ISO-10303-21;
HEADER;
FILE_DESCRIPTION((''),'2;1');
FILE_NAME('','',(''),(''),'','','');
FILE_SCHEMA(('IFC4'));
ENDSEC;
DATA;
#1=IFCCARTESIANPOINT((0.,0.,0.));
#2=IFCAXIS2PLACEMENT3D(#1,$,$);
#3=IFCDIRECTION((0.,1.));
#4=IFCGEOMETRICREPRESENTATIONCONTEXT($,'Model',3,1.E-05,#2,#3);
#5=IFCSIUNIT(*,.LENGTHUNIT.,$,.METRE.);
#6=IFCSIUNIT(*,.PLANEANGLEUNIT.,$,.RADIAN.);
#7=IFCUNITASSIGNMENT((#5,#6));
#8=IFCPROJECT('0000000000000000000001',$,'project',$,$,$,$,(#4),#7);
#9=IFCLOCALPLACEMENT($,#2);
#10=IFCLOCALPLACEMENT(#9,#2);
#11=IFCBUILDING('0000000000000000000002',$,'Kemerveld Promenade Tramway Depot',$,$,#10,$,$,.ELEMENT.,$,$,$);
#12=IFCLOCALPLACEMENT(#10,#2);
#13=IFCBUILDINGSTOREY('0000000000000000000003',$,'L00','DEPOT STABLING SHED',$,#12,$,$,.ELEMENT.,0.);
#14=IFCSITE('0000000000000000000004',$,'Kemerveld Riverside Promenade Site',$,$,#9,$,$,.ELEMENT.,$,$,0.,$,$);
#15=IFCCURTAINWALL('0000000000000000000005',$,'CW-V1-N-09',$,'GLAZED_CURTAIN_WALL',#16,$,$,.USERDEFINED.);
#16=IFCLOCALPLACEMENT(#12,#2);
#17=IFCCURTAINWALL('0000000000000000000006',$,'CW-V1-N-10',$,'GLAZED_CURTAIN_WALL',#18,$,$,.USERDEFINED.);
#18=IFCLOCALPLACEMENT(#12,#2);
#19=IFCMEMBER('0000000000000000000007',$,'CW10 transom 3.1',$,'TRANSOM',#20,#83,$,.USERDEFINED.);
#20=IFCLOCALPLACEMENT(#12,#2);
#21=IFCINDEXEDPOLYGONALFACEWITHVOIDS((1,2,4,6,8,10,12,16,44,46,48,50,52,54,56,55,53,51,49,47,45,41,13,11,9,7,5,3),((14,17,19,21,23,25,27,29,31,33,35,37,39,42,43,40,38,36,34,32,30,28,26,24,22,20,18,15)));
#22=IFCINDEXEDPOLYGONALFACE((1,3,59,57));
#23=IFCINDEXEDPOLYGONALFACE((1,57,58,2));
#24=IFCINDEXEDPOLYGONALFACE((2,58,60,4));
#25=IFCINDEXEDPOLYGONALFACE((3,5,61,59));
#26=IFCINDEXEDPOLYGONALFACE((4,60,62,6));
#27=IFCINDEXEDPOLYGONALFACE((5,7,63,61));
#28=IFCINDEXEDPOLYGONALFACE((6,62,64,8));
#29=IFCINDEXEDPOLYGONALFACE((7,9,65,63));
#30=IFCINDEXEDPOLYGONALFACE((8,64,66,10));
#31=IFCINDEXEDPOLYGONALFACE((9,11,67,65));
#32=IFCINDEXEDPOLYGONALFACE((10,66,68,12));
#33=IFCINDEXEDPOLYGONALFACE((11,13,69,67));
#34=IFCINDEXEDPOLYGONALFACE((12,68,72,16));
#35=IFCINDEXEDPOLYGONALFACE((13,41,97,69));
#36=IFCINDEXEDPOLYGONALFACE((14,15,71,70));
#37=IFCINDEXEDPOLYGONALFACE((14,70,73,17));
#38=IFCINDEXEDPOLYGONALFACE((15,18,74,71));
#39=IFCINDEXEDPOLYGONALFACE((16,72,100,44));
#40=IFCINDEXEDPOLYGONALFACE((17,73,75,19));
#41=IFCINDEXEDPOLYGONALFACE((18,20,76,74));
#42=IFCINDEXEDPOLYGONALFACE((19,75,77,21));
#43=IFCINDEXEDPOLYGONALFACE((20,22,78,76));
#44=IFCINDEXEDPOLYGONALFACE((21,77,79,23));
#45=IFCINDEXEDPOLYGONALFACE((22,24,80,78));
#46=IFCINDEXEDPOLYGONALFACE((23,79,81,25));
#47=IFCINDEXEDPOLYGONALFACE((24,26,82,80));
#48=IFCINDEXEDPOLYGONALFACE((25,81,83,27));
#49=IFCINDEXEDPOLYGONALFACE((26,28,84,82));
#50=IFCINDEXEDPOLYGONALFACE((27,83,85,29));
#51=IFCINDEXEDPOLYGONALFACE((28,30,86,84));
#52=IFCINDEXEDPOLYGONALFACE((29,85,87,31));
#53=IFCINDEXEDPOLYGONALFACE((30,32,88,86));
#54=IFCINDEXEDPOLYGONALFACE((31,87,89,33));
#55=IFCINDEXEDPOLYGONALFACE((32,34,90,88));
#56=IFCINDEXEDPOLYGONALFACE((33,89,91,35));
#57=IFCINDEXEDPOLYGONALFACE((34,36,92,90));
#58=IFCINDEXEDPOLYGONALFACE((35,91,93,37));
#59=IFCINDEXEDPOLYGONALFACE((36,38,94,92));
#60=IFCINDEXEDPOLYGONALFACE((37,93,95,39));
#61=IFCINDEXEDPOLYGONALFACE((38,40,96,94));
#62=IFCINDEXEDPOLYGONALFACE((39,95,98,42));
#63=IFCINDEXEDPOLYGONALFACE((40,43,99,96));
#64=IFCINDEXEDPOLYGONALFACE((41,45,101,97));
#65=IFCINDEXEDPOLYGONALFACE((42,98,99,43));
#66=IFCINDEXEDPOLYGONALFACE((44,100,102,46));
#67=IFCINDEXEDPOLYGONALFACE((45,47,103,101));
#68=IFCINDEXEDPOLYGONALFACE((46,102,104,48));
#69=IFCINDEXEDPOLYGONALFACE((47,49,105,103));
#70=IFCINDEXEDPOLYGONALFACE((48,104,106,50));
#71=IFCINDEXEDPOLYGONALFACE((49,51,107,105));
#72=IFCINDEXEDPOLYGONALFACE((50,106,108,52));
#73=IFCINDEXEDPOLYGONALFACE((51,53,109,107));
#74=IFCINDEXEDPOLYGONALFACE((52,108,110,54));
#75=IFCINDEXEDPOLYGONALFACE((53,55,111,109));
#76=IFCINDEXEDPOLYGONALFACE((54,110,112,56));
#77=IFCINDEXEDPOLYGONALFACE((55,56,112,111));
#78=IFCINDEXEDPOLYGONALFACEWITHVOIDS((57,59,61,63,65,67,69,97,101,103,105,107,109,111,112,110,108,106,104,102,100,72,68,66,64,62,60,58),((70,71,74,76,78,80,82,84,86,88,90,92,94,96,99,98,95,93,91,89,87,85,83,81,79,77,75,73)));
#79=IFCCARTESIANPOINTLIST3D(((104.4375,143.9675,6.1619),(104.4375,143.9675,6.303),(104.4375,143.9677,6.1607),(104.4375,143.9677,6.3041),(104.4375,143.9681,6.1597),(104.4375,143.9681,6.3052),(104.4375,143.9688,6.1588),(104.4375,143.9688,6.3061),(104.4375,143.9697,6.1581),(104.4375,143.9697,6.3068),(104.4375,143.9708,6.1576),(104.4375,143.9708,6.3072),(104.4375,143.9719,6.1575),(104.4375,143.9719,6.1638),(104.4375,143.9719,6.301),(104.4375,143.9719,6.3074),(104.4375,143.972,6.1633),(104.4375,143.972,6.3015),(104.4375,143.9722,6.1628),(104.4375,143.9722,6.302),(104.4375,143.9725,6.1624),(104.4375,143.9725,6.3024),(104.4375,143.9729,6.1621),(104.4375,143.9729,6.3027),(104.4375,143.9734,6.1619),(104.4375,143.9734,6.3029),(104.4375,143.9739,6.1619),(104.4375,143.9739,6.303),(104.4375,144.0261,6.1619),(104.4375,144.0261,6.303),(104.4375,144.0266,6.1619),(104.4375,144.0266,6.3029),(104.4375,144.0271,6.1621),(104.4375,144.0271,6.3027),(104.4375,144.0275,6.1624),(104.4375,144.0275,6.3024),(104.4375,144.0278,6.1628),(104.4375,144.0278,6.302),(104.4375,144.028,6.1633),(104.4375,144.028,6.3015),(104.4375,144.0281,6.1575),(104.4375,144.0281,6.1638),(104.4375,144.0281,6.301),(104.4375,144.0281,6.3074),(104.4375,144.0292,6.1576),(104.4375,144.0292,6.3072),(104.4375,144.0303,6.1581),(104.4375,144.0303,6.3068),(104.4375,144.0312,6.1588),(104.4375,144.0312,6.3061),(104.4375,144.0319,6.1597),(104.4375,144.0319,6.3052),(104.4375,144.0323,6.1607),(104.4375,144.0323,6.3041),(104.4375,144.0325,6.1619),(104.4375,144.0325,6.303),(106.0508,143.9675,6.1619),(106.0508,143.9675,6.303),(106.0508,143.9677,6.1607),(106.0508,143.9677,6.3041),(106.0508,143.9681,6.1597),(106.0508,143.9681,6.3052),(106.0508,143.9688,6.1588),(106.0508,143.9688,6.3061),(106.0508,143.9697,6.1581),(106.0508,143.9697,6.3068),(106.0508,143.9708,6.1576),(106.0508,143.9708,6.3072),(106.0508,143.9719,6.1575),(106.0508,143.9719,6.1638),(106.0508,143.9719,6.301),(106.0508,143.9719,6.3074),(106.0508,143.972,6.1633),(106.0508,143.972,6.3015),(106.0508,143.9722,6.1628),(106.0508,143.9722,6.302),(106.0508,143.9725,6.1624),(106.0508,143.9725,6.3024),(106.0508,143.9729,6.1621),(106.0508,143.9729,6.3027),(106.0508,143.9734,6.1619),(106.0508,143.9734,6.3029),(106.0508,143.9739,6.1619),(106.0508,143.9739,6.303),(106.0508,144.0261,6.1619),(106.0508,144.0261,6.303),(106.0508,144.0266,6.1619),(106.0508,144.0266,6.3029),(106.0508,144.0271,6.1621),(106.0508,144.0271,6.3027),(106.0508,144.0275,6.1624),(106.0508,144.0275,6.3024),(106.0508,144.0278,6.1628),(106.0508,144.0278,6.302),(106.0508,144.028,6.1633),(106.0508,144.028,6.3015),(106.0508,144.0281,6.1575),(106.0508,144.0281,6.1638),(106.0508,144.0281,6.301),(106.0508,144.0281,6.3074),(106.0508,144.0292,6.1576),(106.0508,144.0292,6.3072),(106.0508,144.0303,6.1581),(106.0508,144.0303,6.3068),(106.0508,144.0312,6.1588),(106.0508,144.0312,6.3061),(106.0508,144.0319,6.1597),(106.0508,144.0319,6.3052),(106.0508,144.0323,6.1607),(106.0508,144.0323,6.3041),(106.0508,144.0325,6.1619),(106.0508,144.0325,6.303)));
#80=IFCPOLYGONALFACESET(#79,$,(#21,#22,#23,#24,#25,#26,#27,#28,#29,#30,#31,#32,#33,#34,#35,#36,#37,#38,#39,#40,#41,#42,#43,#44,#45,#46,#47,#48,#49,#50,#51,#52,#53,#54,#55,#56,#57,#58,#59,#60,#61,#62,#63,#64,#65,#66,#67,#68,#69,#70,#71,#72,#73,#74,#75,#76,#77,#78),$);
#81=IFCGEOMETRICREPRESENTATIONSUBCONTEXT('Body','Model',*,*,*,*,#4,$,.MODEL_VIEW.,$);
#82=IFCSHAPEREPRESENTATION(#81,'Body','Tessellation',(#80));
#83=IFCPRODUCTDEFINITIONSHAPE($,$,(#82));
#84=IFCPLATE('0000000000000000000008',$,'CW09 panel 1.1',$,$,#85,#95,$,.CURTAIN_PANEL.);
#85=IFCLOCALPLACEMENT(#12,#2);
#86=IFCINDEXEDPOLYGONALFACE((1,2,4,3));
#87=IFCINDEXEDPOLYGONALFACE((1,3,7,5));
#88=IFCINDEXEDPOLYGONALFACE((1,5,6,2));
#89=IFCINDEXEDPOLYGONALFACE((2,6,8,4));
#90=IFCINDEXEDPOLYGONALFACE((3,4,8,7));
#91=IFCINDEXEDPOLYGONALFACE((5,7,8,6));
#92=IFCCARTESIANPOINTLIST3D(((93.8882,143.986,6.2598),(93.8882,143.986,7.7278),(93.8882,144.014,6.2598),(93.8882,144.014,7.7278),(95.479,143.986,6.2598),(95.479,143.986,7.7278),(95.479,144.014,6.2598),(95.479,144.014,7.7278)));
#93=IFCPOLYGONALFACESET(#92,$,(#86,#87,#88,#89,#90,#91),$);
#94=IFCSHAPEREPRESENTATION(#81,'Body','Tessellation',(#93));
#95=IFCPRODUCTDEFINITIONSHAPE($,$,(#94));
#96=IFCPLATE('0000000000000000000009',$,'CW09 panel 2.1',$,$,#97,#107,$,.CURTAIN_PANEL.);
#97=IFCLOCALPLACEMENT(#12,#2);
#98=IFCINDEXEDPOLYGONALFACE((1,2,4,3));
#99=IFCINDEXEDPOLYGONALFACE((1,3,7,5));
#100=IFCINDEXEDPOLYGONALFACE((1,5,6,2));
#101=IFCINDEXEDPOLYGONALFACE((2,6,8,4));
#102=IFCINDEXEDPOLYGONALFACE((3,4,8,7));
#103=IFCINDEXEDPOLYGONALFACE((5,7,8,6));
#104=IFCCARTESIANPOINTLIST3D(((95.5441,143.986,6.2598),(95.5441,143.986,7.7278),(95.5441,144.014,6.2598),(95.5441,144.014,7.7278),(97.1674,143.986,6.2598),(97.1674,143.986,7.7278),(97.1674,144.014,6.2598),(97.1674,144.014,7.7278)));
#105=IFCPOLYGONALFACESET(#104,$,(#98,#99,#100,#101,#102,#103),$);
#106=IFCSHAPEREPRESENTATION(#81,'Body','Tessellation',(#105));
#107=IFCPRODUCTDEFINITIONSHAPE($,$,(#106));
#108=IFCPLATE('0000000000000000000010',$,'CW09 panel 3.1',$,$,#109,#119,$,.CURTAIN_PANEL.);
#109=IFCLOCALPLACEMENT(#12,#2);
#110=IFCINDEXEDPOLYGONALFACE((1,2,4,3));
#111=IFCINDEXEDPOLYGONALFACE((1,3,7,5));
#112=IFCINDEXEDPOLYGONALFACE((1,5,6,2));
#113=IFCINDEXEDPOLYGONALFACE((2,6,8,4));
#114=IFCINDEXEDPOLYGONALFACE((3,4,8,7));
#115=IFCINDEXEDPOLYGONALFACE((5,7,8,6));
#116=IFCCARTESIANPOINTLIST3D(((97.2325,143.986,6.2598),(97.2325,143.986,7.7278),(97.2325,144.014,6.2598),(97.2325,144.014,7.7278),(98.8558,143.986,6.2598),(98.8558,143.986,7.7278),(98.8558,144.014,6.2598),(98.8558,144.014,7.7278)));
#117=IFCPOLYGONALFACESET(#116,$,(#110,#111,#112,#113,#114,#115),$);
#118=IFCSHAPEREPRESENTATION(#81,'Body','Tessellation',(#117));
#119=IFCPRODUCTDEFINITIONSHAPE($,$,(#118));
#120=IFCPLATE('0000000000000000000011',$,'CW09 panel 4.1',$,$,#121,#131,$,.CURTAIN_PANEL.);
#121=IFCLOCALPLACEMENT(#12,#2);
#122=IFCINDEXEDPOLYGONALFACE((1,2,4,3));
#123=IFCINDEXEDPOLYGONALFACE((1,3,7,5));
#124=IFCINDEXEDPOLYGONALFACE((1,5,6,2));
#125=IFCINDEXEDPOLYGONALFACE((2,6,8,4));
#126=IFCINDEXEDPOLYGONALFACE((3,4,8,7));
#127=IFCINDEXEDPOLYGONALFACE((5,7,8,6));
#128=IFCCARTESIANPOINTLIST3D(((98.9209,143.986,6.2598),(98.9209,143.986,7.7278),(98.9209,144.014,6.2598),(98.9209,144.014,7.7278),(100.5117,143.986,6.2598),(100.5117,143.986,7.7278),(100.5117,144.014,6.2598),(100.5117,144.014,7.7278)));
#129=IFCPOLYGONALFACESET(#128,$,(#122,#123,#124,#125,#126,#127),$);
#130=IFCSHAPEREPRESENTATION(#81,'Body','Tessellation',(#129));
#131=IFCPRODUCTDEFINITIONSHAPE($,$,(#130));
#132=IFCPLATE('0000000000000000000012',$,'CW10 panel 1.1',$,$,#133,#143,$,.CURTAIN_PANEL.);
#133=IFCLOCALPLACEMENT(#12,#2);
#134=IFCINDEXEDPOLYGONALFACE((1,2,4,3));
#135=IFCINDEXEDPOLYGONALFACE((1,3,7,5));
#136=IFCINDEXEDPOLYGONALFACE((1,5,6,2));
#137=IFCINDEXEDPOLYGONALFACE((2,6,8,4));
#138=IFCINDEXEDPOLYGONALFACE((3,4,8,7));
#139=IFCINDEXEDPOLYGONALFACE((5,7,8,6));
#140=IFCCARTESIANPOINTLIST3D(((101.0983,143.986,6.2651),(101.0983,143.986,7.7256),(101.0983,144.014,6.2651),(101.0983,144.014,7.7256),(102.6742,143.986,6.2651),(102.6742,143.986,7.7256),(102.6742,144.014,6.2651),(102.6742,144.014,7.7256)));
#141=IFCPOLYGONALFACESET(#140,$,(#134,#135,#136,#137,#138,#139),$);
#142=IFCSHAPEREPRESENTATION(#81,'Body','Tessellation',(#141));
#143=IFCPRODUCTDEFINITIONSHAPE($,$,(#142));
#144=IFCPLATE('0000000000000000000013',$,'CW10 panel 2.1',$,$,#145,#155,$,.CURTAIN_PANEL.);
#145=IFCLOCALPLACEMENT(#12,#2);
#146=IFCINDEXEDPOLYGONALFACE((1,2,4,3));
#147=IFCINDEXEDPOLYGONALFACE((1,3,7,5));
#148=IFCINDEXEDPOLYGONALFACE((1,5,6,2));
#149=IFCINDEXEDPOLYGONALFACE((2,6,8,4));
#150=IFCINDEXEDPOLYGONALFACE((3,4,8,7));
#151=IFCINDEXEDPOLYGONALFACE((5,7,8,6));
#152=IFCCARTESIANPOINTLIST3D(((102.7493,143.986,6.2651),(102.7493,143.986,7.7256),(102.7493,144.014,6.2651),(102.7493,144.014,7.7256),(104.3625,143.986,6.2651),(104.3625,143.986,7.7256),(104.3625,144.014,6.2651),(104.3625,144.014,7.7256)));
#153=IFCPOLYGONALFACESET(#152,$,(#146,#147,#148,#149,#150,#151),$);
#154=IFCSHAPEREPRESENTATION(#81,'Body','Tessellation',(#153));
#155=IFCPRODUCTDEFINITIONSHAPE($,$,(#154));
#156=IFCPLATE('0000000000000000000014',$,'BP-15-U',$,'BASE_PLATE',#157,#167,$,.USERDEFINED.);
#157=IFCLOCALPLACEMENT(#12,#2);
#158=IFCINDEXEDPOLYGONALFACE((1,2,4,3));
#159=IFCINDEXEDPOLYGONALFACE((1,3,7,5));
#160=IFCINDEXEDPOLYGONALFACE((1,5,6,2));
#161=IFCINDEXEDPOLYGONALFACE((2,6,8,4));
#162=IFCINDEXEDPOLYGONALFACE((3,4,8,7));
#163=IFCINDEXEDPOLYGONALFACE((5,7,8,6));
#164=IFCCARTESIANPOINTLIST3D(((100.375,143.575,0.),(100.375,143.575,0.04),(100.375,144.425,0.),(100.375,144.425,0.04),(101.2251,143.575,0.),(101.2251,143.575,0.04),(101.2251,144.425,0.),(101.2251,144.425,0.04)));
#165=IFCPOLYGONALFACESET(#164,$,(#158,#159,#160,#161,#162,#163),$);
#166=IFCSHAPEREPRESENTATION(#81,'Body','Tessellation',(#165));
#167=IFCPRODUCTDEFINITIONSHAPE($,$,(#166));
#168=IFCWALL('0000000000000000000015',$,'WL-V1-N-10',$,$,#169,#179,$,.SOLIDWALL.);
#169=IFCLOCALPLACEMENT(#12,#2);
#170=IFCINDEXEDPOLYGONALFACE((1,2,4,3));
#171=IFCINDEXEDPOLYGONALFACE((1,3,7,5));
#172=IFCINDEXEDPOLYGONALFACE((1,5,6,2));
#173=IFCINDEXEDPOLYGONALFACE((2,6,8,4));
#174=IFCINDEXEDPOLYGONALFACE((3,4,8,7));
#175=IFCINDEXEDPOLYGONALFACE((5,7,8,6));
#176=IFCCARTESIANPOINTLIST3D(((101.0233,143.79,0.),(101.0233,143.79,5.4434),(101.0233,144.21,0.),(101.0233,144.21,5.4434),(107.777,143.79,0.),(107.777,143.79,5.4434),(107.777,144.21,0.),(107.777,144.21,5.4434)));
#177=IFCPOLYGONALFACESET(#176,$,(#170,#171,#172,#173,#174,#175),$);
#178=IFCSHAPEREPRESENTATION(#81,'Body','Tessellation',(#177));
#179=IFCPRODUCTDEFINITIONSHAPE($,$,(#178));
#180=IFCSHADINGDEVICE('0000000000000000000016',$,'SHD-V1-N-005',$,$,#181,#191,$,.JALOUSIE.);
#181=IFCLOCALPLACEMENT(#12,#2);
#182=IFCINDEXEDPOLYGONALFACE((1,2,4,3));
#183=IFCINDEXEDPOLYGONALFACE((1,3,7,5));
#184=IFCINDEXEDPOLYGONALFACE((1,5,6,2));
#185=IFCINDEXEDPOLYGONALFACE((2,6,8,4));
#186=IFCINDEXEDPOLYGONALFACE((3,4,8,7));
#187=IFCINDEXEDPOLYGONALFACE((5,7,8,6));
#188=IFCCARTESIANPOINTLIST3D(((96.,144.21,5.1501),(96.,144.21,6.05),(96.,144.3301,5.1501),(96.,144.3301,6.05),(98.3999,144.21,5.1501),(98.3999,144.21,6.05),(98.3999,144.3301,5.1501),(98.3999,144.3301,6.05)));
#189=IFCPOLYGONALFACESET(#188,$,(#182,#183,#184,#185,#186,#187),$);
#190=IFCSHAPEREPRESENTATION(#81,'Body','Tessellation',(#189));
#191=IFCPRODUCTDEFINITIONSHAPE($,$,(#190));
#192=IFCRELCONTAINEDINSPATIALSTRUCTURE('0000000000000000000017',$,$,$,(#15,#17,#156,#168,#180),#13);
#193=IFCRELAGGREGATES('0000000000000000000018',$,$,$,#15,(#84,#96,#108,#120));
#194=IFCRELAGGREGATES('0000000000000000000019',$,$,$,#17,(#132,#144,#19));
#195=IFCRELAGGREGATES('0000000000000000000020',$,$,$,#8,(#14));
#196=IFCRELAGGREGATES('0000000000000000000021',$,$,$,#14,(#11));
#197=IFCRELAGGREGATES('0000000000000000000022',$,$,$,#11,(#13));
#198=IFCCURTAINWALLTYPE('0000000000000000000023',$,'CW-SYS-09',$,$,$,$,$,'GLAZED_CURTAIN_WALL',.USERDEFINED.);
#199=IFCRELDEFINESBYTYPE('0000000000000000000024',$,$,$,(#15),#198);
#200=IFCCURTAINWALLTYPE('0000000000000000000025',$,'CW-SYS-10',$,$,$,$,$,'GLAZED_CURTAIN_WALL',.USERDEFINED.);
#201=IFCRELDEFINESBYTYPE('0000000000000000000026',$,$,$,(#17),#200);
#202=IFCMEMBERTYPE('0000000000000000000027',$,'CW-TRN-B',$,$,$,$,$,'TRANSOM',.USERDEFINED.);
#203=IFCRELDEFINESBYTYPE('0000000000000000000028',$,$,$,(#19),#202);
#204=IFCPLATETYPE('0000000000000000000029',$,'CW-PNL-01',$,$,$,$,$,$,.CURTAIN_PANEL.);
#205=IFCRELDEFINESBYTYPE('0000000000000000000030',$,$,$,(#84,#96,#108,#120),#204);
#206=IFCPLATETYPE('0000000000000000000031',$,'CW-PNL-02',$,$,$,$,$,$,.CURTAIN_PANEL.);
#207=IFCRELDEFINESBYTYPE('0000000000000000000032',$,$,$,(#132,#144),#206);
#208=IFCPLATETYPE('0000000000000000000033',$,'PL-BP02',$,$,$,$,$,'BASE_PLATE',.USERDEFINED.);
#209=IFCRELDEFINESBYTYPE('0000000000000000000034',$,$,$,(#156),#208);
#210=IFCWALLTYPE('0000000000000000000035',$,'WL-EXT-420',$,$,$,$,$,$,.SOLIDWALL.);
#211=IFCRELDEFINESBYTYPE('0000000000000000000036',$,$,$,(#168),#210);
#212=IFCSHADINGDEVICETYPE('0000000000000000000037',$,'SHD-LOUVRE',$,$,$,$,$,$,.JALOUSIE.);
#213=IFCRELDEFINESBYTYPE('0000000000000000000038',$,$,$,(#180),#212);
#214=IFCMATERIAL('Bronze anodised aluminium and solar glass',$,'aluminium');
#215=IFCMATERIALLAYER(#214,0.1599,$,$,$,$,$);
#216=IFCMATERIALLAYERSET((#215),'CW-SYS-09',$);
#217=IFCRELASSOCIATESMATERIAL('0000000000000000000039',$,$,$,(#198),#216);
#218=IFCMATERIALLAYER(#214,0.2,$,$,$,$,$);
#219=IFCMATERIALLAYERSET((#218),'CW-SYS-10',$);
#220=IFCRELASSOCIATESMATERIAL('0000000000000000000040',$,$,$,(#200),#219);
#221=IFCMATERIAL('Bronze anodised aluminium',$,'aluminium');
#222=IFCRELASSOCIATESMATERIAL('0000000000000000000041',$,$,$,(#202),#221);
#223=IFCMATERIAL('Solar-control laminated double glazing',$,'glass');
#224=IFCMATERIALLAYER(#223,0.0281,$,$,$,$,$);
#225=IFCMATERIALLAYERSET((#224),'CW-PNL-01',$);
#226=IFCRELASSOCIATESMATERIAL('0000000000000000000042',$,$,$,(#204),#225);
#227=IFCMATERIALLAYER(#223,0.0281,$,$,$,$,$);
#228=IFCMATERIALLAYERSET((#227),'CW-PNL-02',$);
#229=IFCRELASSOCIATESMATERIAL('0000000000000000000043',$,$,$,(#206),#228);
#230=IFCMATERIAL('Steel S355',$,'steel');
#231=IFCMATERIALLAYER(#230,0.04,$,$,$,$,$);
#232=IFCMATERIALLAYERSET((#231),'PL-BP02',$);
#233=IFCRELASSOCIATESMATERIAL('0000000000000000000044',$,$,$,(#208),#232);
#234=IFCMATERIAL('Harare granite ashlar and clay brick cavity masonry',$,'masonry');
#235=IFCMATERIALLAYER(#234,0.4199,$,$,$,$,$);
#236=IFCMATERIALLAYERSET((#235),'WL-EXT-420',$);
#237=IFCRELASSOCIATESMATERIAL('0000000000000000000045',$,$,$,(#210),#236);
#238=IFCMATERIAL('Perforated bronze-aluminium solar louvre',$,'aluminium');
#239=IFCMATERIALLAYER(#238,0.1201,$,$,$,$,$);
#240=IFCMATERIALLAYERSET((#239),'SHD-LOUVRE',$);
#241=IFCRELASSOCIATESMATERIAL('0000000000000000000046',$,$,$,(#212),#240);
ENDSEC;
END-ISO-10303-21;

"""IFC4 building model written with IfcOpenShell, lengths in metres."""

from ifc_helpers import new_model, si_unit, direction, frame, frame_2d, origin, origin_2d, place, context, subcontext, project, spatial, rectangle, hollow_rectangle, extrude, material, layer, layer_set, material_profile, profile_set, type_object, element, aggregate, save


model = new_model("IFC4")

# Units and contexts
model_context = context("Model", 3, precision=1e-05, world=origin(), true_north=direction((0.0, 1.0)))
body_context = subcontext(model_context, "Body", "Model", "MODEL_VIEW")
ifc_project = project(units=[si_unit("LENGTHUNIT", "METRE"), si_unit("PLANEANGLEUNIT", "RADIAN")], contexts=[model_context])

# Site, building, storey
site_placement = place(None, origin())
site = spatial("IfcSite", under=ifc_project, at=site_placement, Name="Kemerveld Riverside Promenade Site", CompositionType="ELEMENT", RefElevation=0.0)
building_placement = place(site_placement, origin())
building = spatial("IfcBuilding", under=site, at=building_placement, Name="Kemerveld Promenade Tramway Depot", CompositionType="ELEMENT")
storey_placement = place(building_placement, origin())
storey = spatial("IfcBuildingStorey", under=building, at=storey_placement, Name="L00", Description="DEPOT STABLING SHED", CompositionType="ELEMENT", Elevation=0.0)

# Shared definitions
ifc_material_1 = material(Name="Steel S355", Category="steel")

# Curtain walls
ifc_material_2 = material(Name="Bronze anodised aluminium and solar glass", Category="aluminium")
ifc_layer_1 = layer(ifc_material_2, 0.1599)
ifc_layer_set_1 = layer_set([ifc_layer_1], Name="CW-SYS-09")
curtain_wall_type_1 = type_object("IfcCurtainWallType", Name="CW-SYS-09", ElementType="GLAZED_CURTAIN_WALL", PredefinedType="USERDEFINED", material=ifc_layer_set_1)
curtain_wall_1_placement = place(storey_placement, origin())
curtain_wall_1 = element("IfcCurtainWall", 1, at=curtain_wall_1_placement, inside=storey, type_object=curtain_wall_type_1, Name="CW-V1-N-09", ObjectType="GLAZED_CURTAIN_WALL", PredefinedType="USERDEFINED")
ifc_material_3 = material(Name="Bronze anodised aluminium", Category="aluminium")
ifc_layer_2 = layer(ifc_material_2, 0.2)
ifc_layer_set_2 = layer_set([ifc_layer_2], Name="CW-SYS-10")
curtain_wall_type_2 = type_object("IfcCurtainWallType", Name="CW-SYS-10", ElementType="GLAZED_CURTAIN_WALL", PredefinedType="USERDEFINED", material=ifc_layer_set_2)
curtain_wall_2_placement = place(storey_placement, origin())
curtain_wall_2 = element("IfcCurtainWall", 2, at=curtain_wall_2_placement, inside=storey, type_object=curtain_wall_type_2, Name="CW-V1-N-10", ObjectType="GLAZED_CURTAIN_WALL", PredefinedType="USERDEFINED")

# Member
ifc_material_profile_1 = material_profile(ifc_material_3, hollow_rectangle(XDim=0.0649, YDim=0.1499, WallThickness=0.0044, InnerFilletRadius=0.002, OuterFilletRadius=0.0044, at=origin_2d()), Name="CW-TRN-150x65")
ifc_profile_set_1 = profile_set([ifc_material_profile_1], Name="Bronze anodised aluminium")
member_type_1 = type_object("IfcMemberType", Name="CW-TRN-B", ElementType="TRANSOM", PredefinedType="USERDEFINED", material=ifc_profile_set_1)
member_1_placement = place(storey_placement, frame((104.4375, 144.0, 6.2324), z_axis=(1.0, 0.0, 0.0), x_axis=(0.0, 1.0, 0.0)))
member_1 = element("IfcMember", 3, at=member_1_placement, type_object=member_type_1, Name="CW10 transom 3.1", ObjectType="TRANSOM", PredefinedType="USERDEFINED", context=body_context, shape_type="SweptSolid", body=[
    extrude(hollow_rectangle(XDim=0.0649, YDim=0.1499, WallThickness=0.0044, InnerFilletRadius=0.002, OuterFilletRadius=0.0044, at=origin_2d()), origin(), (0.0, 0.0, 1.0), 1.6133),
])

# Plates
ifc_material_4 = material(Name="Solar-control laminated double glazing", Category="glass")
ifc_layer_3 = layer(ifc_material_4, 0.0281)
ifc_layer_set_3 = layer_set([ifc_layer_3], Name="CW-PNL-01")
plate_type_1 = type_object("IfcPlateType", Name="CW-PNL-01", PredefinedType="CURTAIN_PANEL", material=ifc_layer_set_3)
plate_1_placement = place(storey_placement, frame((94.6836, 144.0, 6.2598), z_axis=(0.0, 0.0, 1.0), x_axis=(1.0, 0.0, 0.0)))
plate_1 = element("IfcPlate", 4, at=plate_1_placement, type_object=plate_type_1, Name="CW09 panel 1.1", PredefinedType="CURTAIN_PANEL", context=body_context, shape_type="SweptSolid", body=[
    extrude(rectangle(XDim=1.5908, YDim=0.0281, at=origin_2d()), origin(), (0.0, 0.0, 1.0), 1.468),
])
plate_2_placement = place(storey_placement, frame((96.3557, 144.0, 6.2598), z_axis=(0.0, 0.0, 1.0), x_axis=(1.0, 0.0, 0.0)))
plate_2 = element("IfcPlate", 5, at=plate_2_placement, type_object=plate_type_1, Name="CW09 panel 2.1", PredefinedType="CURTAIN_PANEL", context=body_context, shape_type="SweptSolid", body=[
    extrude(rectangle(XDim=1.6233, YDim=0.0281, at=origin_2d()), origin(), (0.0, 0.0, 1.0), 1.468),
])
plate_3_placement = place(storey_placement, frame((98.0442, 144.0, 6.2598), z_axis=(0.0, 0.0, 1.0), x_axis=(1.0, 0.0, 0.0)))
plate_3 = element("IfcPlate", 6, at=plate_3_placement, type_object=plate_type_1, Name="CW09 panel 3.1", PredefinedType="CURTAIN_PANEL", context=body_context, shape_type="SweptSolid", body=[
    extrude(rectangle(XDim=1.6233, YDim=0.0281, at=origin_2d()), origin(), (0.0, 0.0, 1.0), 1.468),
])
plate_4_placement = place(storey_placement, frame((99.7163, 144.0, 6.2598), z_axis=(0.0, 0.0, 1.0), x_axis=(1.0, 0.0, 0.0)))
plate_4 = element("IfcPlate", 7, at=plate_4_placement, type_object=plate_type_1, Name="CW09 panel 4.1", PredefinedType="CURTAIN_PANEL", context=body_context, shape_type="SweptSolid", body=[
    extrude(rectangle(XDim=1.5908, YDim=0.0281, at=origin_2d()), origin(), (0.0, 0.0, 1.0), 1.468),
])
aggregate(curtain_wall_1, [plate_1, plate_2, plate_3, plate_4])
ifc_layer_4 = layer(ifc_material_4, 0.0281)
ifc_layer_set_4 = layer_set([ifc_layer_4], Name="CW-PNL-02")
plate_type_2 = type_object("IfcPlateType", Name="CW-PNL-02", PredefinedType="CURTAIN_PANEL", material=ifc_layer_set_4)
plate_5_placement = place(storey_placement, frame((101.8862, 144.0, 6.2651), z_axis=(0.0, 0.0, 1.0), x_axis=(1.0, 0.0, 0.0)))
plate_5 = element("IfcPlate", 8, at=plate_5_placement, type_object=plate_type_2, Name="CW10 panel 1.1", PredefinedType="CURTAIN_PANEL", context=body_context, shape_type="SweptSolid", body=[
    extrude(rectangle(XDim=1.5759, YDim=0.0281, at=origin_2d()), origin(), (0.0, 0.0, 1.0), 1.4604),
])
plate_6_placement = place(storey_placement, frame((103.5559, 144.0, 6.2651), z_axis=(0.0, 0.0, 1.0), x_axis=(1.0, 0.0, 0.0)))
plate_6 = element("IfcPlate", 9, at=plate_6_placement, type_object=plate_type_2, Name="CW10 panel 2.1", PredefinedType="CURTAIN_PANEL", context=body_context, shape_type="SweptSolid", body=[
    extrude(rectangle(XDim=1.6133, YDim=0.0281, at=origin_2d()), origin(), (0.0, 0.0, 1.0), 1.4604),
])
aggregate(curtain_wall_2, [plate_5, plate_6, member_1])
ifc_layer_5 = layer(ifc_material_1, 0.04)
ifc_layer_set_5 = layer_set([ifc_layer_5], Name="PL-BP02")
plate_type_3 = type_object("IfcPlateType", Name="PL-BP02", ElementType="BASE_PLATE", PredefinedType="USERDEFINED", material=ifc_layer_set_5)
plate_7_placement = place(storey_placement, frame((100.8, 144.0, 0.0), z_axis=(0.0, 0.0, 1.0), x_axis=(1.0, 0.0, 0.0)))
element("IfcPlate", 10, at=plate_7_placement, inside=storey, type_object=plate_type_3, Name="BP-15-U", ObjectType="BASE_PLATE", PredefinedType="USERDEFINED", context=body_context, shape_type="SweptSolid", body=[
    extrude(rectangle(XDim=0.8501, YDim=0.8501, at=origin_2d()), origin(), (0.0, 0.0, 1.0), 0.04),
])

# Wall
ifc_material_5 = material(Name="Harare granite ashlar and clay brick cavity masonry", Category="masonry")
ifc_layer_6 = layer(ifc_material_5, 0.4199)
ifc_layer_set_6 = layer_set([ifc_layer_6], Name="WL-EXT-420")
wall_type = type_object("IfcWallType", Name="WL-EXT-420", PredefinedType="SOLIDWALL", material=ifc_layer_set_6)
wall_placement = place(storey_placement, frame((101.0232, 144.0, 0.0), z_axis=(0.0, 0.0, 1.0), x_axis=(1.0, 0.0, 0.0)))
element("IfcWall", 11, at=wall_placement, inside=storey, type_object=wall_type, Name="WL-V1-N-10", PredefinedType="SOLIDWALL", context=body_context, shape_type="SweptSolid", body=[
    extrude(rectangle(XDim=6.7537, YDim=0.4199, at=frame_2d((3.377, 0.0))), origin(), (0.0, 0.0, 1.0), 5.4434),
])

# Shading device
ifc_material_6 = material(Name="Perforated bronze-aluminium solar louvre", Category="aluminium")
ifc_layer_7 = layer(ifc_material_6, 0.1201)
ifc_layer_set_7 = layer_set([ifc_layer_7], Name="SHD-LOUVRE")
shading_device_type = type_object("IfcShadingDeviceType", Name="SHD-LOUVRE", PredefinedType="JALOUSIE", material=ifc_layer_set_7)
shading_device_placement = place(storey_placement, frame((97.2, 144.27, 5.1501), z_axis=(0.0, 0.0, 1.0), x_axis=(1.0, 0.0, 0.0)))
element("IfcShadingDevice", 12, at=shading_device_placement, inside=storey, type_object=shading_device_type, Name="SHD-V1-N-005", PredefinedType="JALOUSIE", context=body_context, shape_type="SweptSolid", body=[
    extrude(rectangle(XDim=2.3999, YDim=0.1201, at=origin_2d()), origin(), (0.0, 0.0, 1.0), 0.8999),
])

save(model, "model.ifc")
